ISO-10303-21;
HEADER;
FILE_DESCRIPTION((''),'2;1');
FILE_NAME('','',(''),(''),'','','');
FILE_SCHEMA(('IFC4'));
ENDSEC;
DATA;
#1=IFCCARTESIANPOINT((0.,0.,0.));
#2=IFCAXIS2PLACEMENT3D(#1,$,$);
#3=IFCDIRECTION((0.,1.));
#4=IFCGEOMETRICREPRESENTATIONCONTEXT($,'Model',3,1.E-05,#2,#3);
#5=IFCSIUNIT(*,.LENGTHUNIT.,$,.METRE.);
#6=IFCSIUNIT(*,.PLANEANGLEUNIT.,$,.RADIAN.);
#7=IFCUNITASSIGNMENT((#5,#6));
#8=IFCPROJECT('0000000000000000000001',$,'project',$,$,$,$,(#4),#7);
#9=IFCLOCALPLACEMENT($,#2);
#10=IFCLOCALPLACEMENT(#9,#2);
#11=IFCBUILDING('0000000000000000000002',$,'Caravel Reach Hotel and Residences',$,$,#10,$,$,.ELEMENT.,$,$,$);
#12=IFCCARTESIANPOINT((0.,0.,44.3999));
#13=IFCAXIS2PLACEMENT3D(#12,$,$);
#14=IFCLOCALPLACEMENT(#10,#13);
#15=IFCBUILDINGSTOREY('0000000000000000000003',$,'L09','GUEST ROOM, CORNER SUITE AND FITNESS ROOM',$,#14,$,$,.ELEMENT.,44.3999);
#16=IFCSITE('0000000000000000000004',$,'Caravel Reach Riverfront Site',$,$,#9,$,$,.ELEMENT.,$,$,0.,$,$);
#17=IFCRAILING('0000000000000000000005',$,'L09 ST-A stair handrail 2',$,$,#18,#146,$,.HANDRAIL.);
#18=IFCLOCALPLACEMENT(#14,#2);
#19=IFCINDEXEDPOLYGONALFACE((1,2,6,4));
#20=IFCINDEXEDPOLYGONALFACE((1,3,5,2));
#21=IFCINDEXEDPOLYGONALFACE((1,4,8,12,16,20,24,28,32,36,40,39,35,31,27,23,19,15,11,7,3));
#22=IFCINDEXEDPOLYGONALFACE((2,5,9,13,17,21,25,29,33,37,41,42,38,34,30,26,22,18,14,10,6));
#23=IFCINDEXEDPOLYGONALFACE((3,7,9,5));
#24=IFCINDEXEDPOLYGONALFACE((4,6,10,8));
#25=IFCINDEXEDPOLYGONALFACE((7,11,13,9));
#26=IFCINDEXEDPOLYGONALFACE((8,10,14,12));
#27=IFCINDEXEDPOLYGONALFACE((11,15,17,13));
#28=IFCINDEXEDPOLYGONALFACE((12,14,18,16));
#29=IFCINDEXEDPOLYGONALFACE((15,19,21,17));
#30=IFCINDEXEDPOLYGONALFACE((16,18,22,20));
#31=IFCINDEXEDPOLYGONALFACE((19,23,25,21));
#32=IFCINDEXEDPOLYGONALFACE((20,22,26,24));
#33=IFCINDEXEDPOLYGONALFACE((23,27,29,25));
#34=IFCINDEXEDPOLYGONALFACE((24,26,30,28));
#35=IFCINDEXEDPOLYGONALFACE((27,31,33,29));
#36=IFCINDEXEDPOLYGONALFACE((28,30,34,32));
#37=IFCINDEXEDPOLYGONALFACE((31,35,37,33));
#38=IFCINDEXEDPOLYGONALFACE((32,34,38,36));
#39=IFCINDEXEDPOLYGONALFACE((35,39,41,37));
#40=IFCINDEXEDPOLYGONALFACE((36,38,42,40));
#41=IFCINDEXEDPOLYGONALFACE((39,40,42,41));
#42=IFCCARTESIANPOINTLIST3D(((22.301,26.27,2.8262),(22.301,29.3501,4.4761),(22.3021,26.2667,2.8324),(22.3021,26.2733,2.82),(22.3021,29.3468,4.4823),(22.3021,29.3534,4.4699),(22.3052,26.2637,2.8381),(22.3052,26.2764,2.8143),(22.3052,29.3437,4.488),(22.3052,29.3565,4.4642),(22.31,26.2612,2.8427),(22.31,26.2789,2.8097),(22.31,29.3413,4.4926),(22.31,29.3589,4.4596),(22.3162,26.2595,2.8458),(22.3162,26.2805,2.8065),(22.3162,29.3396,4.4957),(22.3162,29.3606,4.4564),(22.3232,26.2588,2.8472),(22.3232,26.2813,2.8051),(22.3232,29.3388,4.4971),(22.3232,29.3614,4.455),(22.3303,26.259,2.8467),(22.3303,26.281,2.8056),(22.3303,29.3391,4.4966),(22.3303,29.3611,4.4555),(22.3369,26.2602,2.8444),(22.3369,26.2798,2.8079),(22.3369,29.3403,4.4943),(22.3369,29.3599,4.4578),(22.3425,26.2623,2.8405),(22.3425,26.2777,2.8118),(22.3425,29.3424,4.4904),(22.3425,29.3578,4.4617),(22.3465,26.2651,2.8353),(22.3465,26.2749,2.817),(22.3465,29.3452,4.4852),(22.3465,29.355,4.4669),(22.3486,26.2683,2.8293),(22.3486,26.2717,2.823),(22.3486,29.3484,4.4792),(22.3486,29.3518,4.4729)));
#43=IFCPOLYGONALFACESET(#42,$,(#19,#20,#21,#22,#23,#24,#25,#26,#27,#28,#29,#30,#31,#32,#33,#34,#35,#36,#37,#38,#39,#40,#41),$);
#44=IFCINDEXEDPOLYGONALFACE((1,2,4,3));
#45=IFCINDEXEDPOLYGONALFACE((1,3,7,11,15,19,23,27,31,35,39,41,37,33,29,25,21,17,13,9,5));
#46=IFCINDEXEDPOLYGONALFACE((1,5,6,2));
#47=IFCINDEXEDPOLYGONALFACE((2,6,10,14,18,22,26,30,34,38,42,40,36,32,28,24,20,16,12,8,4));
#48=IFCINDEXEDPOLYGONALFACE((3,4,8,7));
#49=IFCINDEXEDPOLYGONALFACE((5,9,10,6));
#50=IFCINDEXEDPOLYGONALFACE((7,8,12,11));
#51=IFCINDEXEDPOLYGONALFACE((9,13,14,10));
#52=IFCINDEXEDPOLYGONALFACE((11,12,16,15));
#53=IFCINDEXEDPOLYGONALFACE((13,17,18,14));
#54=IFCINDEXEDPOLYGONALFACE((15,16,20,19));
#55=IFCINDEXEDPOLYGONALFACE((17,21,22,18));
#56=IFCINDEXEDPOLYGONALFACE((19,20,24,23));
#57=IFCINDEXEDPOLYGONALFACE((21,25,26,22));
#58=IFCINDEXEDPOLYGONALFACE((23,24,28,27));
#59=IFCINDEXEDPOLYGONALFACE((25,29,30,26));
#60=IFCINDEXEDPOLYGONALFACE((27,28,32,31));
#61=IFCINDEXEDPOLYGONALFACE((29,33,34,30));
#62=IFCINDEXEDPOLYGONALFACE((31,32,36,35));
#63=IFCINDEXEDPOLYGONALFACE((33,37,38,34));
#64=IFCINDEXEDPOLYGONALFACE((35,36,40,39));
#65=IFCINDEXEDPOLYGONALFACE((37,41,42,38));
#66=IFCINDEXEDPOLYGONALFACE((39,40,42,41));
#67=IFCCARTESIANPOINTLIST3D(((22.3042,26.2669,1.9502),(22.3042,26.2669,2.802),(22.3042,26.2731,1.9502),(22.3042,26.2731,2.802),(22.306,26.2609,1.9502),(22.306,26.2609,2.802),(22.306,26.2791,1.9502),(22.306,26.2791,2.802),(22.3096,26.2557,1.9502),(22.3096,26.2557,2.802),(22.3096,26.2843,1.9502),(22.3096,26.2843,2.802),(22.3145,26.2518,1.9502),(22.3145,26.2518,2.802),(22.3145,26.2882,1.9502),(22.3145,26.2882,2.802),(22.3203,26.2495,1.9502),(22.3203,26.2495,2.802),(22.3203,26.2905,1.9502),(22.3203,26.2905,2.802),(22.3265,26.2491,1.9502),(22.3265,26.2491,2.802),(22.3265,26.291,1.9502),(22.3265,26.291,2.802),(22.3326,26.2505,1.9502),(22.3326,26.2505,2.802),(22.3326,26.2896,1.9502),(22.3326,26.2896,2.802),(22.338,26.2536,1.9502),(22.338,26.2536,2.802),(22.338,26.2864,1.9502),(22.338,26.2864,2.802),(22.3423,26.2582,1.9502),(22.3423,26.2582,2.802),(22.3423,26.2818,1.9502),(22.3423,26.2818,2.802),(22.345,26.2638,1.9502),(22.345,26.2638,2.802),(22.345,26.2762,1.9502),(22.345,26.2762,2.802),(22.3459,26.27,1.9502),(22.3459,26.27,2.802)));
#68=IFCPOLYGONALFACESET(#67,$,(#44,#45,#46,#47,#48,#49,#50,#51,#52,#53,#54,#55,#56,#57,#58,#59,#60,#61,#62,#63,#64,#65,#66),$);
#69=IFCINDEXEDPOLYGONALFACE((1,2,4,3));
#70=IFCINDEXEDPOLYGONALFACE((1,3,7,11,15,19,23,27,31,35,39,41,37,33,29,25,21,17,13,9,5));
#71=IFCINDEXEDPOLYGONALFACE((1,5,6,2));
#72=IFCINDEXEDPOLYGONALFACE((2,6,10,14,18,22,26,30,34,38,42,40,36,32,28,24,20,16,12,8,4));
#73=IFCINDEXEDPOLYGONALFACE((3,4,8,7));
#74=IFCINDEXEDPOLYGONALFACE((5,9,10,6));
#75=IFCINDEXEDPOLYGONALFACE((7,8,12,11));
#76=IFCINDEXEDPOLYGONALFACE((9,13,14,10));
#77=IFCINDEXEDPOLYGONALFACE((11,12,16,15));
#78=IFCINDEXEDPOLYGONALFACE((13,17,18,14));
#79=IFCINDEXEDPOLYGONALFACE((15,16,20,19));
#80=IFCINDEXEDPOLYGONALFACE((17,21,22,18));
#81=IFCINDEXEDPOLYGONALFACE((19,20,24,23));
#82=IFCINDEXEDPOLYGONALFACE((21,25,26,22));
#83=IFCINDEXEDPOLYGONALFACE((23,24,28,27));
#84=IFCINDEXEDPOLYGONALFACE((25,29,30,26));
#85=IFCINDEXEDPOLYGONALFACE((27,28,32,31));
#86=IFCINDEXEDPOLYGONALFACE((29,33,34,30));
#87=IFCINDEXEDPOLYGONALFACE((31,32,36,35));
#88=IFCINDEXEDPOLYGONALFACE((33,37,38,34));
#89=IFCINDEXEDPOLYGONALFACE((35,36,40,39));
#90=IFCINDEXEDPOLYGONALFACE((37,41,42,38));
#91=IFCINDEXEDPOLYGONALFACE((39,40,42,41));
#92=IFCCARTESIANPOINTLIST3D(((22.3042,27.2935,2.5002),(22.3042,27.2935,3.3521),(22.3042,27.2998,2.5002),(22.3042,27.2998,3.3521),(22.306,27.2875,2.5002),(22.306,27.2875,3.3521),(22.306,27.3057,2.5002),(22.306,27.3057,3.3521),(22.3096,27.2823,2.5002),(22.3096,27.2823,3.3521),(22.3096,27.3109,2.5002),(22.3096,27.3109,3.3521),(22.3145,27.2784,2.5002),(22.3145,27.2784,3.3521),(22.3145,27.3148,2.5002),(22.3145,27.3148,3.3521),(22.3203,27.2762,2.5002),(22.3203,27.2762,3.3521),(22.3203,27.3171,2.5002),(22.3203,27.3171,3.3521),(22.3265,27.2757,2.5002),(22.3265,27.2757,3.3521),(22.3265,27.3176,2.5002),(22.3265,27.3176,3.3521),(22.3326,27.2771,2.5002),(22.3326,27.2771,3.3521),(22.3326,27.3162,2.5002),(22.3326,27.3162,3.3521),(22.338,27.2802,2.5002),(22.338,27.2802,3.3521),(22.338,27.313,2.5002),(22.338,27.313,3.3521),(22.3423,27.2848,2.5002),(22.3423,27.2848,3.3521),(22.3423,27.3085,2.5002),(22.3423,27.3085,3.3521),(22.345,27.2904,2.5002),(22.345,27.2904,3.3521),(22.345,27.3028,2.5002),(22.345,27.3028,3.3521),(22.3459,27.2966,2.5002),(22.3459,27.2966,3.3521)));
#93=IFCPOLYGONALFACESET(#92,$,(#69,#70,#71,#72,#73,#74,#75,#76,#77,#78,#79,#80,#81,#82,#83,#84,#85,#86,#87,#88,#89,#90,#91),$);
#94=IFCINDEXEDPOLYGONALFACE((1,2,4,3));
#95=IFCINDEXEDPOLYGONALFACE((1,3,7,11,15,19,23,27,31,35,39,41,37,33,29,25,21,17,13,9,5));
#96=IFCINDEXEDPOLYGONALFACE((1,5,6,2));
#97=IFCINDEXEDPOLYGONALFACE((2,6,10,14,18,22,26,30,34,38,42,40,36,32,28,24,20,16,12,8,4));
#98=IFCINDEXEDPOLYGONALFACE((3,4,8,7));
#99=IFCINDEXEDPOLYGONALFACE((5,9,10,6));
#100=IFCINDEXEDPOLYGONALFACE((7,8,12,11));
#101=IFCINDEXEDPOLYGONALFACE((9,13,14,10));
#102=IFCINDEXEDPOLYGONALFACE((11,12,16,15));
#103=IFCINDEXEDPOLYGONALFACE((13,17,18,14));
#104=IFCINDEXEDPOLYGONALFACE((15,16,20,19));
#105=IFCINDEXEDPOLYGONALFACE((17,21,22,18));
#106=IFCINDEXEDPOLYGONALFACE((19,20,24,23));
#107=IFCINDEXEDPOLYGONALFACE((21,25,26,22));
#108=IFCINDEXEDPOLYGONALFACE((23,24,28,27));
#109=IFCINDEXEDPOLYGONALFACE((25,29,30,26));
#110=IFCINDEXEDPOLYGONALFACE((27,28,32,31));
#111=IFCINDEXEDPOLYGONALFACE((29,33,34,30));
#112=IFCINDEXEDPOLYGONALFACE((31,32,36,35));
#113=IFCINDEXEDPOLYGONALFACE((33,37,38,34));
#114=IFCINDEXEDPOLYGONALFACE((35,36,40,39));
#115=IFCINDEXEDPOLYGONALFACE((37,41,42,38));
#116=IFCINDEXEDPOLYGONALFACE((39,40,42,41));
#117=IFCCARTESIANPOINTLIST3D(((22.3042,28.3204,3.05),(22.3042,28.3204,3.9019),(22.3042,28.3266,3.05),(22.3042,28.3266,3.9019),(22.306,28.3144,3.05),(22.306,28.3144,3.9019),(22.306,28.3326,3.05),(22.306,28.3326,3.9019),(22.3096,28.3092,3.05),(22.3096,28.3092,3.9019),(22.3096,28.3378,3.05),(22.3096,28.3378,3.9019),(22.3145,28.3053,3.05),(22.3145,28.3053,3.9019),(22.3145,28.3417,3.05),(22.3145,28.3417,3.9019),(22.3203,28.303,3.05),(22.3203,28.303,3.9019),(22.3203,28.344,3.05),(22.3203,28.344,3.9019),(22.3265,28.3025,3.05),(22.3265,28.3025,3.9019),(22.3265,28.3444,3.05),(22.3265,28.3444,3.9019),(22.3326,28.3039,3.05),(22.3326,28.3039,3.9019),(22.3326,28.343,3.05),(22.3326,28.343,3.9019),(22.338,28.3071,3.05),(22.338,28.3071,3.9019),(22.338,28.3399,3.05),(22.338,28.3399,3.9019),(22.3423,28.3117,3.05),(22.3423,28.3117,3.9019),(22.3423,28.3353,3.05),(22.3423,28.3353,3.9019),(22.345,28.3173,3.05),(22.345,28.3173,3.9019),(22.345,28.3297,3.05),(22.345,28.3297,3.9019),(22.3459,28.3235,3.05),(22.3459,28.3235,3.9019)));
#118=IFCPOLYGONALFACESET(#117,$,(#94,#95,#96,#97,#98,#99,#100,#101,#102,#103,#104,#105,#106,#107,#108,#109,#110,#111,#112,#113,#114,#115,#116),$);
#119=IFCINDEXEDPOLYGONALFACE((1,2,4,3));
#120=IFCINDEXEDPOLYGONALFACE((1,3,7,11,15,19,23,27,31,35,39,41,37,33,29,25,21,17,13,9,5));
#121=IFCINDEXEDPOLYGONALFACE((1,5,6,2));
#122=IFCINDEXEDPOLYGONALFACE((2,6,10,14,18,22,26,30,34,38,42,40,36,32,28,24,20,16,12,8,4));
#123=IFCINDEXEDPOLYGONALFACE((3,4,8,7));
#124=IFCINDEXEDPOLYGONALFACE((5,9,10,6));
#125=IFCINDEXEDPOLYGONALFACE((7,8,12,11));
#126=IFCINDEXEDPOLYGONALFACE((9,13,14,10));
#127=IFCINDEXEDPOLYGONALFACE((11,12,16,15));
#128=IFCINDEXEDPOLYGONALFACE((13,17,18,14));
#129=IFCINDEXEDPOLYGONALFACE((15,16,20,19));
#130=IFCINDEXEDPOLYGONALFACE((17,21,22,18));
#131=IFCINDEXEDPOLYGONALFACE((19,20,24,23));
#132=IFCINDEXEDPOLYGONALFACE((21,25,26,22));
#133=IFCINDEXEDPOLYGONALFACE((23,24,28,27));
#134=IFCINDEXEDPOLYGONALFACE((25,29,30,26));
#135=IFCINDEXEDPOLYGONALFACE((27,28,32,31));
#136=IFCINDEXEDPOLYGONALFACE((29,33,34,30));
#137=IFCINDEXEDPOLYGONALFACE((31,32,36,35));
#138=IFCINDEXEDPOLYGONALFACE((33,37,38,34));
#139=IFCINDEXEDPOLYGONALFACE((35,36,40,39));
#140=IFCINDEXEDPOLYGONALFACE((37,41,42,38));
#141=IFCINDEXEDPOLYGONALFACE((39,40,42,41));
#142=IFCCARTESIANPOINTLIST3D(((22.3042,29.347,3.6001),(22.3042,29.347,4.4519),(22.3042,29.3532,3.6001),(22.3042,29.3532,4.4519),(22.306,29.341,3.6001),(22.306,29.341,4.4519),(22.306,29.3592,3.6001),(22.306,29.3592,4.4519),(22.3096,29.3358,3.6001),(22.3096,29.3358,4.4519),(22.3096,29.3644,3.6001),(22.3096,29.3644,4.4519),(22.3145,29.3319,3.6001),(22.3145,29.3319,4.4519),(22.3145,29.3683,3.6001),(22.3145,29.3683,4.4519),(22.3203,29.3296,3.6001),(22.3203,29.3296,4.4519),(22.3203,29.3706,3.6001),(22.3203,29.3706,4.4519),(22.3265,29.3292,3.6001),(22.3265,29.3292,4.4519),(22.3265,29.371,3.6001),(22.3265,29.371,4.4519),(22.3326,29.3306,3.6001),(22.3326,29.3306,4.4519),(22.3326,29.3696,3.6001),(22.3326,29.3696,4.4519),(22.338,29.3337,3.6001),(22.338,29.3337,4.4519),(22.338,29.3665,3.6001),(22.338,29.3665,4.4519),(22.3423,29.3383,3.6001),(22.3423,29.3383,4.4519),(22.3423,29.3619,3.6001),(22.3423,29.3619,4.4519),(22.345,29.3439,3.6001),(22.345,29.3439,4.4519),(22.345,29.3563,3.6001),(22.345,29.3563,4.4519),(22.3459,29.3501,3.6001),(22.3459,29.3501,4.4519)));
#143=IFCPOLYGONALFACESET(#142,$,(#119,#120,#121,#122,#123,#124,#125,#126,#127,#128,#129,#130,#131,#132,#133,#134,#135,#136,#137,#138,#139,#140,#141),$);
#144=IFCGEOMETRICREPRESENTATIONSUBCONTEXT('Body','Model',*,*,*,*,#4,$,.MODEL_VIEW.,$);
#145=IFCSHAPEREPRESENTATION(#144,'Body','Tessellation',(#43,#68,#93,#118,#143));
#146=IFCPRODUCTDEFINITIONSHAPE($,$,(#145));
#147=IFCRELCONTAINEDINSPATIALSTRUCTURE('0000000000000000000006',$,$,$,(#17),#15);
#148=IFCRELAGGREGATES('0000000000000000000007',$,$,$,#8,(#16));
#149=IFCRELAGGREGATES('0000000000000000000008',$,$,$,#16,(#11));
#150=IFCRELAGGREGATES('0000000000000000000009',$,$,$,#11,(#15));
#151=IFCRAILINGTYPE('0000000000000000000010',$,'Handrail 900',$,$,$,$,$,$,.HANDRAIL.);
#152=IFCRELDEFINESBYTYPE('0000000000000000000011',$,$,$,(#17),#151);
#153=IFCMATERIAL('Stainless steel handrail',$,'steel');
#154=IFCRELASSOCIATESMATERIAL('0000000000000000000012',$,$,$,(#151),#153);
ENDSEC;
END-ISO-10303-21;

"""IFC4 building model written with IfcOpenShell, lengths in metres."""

from ifc_helpers import new_model, si_unit, direction, frame, origin, origin_2d, place, context, subcontext, project, spatial, circle, extrude, material, type_object, element, save


model = new_model("IFC4")

# Units and contexts
model_context = context("Model", 3, precision=1e-05, world=origin(), true_north=direction((0.0, 1.0)))
body_context = subcontext(model_context, "Body", "Model", "MODEL_VIEW")
ifc_project = project(units=[si_unit("LENGTHUNIT", "METRE"), si_unit("PLANEANGLEUNIT", "RADIAN")], contexts=[model_context])

# Site, building, storey
site_placement = place(None, origin())
site = spatial("IfcSite", under=ifc_project, at=site_placement, Name="Caravel Reach Riverfront Site", CompositionType="ELEMENT", RefElevation=0.0)
building_placement = place(site_placement, origin())
building = spatial("IfcBuilding", under=site, at=building_placement, Name="Caravel Reach Hotel and Residences", CompositionType="ELEMENT")
storey_placement = place(building_placement, frame((0.0, 0.0, 44.3999)))
storey = spatial("IfcBuildingStorey", under=building, at=storey_placement, Name="L09", Description="GUEST ROOM, CORNER SUITE AND FITNESS ROOM", CompositionType="ELEMENT", Elevation=44.3999)

# Railing
ifc_material_1 = material(Name="Stainless steel handrail", Category="steel")
railing_type_1 = type_object("IfcRailingType", Name="Handrail 900", PredefinedType="HANDRAIL", material=ifc_material_1)
railing_1_placement = place(storey_placement, frame((22.325, 26.27, 1.9502)))
element("IfcRailing", 1, at=railing_1_placement, inside=storey, type_object=railing_type_1, Name="L09 ST-A stair handrail 2", PredefinedType="HANDRAIL", context=body_context, shape_type="SweptSolid", body=[
    extrude(circle(Radius=0.0239, at=origin_2d()), frame((0.0, 0.0, 0.876), z_axis=(0.0, 0.881497, 0.47219), x_axis=(-1.0, 0.0, 0.0)), (0.0, 0.0, 1.0), 3.4941),
    extrude(circle(Radius=0.021, at=origin_2d()), origin(), (0.0, 0.0, 1.0), 0.8518),
    extrude(circle(Radius=0.021, at=origin_2d()), frame((0.0, 1.0266, 0.55)), (0.0, 0.0, 1.0), 0.8518),
    extrude(circle(Radius=0.021, at=origin_2d()), frame((0.0, 2.0535, 1.0999)), (0.0, 0.0, 1.0), 0.8518),
    extrude(circle(Radius=0.021, at=origin_2d()), frame((0.0, 3.0801, 1.6499)), (0.0, 0.0, 1.0), 0.8518),
])

save(model, "model.ifc")
